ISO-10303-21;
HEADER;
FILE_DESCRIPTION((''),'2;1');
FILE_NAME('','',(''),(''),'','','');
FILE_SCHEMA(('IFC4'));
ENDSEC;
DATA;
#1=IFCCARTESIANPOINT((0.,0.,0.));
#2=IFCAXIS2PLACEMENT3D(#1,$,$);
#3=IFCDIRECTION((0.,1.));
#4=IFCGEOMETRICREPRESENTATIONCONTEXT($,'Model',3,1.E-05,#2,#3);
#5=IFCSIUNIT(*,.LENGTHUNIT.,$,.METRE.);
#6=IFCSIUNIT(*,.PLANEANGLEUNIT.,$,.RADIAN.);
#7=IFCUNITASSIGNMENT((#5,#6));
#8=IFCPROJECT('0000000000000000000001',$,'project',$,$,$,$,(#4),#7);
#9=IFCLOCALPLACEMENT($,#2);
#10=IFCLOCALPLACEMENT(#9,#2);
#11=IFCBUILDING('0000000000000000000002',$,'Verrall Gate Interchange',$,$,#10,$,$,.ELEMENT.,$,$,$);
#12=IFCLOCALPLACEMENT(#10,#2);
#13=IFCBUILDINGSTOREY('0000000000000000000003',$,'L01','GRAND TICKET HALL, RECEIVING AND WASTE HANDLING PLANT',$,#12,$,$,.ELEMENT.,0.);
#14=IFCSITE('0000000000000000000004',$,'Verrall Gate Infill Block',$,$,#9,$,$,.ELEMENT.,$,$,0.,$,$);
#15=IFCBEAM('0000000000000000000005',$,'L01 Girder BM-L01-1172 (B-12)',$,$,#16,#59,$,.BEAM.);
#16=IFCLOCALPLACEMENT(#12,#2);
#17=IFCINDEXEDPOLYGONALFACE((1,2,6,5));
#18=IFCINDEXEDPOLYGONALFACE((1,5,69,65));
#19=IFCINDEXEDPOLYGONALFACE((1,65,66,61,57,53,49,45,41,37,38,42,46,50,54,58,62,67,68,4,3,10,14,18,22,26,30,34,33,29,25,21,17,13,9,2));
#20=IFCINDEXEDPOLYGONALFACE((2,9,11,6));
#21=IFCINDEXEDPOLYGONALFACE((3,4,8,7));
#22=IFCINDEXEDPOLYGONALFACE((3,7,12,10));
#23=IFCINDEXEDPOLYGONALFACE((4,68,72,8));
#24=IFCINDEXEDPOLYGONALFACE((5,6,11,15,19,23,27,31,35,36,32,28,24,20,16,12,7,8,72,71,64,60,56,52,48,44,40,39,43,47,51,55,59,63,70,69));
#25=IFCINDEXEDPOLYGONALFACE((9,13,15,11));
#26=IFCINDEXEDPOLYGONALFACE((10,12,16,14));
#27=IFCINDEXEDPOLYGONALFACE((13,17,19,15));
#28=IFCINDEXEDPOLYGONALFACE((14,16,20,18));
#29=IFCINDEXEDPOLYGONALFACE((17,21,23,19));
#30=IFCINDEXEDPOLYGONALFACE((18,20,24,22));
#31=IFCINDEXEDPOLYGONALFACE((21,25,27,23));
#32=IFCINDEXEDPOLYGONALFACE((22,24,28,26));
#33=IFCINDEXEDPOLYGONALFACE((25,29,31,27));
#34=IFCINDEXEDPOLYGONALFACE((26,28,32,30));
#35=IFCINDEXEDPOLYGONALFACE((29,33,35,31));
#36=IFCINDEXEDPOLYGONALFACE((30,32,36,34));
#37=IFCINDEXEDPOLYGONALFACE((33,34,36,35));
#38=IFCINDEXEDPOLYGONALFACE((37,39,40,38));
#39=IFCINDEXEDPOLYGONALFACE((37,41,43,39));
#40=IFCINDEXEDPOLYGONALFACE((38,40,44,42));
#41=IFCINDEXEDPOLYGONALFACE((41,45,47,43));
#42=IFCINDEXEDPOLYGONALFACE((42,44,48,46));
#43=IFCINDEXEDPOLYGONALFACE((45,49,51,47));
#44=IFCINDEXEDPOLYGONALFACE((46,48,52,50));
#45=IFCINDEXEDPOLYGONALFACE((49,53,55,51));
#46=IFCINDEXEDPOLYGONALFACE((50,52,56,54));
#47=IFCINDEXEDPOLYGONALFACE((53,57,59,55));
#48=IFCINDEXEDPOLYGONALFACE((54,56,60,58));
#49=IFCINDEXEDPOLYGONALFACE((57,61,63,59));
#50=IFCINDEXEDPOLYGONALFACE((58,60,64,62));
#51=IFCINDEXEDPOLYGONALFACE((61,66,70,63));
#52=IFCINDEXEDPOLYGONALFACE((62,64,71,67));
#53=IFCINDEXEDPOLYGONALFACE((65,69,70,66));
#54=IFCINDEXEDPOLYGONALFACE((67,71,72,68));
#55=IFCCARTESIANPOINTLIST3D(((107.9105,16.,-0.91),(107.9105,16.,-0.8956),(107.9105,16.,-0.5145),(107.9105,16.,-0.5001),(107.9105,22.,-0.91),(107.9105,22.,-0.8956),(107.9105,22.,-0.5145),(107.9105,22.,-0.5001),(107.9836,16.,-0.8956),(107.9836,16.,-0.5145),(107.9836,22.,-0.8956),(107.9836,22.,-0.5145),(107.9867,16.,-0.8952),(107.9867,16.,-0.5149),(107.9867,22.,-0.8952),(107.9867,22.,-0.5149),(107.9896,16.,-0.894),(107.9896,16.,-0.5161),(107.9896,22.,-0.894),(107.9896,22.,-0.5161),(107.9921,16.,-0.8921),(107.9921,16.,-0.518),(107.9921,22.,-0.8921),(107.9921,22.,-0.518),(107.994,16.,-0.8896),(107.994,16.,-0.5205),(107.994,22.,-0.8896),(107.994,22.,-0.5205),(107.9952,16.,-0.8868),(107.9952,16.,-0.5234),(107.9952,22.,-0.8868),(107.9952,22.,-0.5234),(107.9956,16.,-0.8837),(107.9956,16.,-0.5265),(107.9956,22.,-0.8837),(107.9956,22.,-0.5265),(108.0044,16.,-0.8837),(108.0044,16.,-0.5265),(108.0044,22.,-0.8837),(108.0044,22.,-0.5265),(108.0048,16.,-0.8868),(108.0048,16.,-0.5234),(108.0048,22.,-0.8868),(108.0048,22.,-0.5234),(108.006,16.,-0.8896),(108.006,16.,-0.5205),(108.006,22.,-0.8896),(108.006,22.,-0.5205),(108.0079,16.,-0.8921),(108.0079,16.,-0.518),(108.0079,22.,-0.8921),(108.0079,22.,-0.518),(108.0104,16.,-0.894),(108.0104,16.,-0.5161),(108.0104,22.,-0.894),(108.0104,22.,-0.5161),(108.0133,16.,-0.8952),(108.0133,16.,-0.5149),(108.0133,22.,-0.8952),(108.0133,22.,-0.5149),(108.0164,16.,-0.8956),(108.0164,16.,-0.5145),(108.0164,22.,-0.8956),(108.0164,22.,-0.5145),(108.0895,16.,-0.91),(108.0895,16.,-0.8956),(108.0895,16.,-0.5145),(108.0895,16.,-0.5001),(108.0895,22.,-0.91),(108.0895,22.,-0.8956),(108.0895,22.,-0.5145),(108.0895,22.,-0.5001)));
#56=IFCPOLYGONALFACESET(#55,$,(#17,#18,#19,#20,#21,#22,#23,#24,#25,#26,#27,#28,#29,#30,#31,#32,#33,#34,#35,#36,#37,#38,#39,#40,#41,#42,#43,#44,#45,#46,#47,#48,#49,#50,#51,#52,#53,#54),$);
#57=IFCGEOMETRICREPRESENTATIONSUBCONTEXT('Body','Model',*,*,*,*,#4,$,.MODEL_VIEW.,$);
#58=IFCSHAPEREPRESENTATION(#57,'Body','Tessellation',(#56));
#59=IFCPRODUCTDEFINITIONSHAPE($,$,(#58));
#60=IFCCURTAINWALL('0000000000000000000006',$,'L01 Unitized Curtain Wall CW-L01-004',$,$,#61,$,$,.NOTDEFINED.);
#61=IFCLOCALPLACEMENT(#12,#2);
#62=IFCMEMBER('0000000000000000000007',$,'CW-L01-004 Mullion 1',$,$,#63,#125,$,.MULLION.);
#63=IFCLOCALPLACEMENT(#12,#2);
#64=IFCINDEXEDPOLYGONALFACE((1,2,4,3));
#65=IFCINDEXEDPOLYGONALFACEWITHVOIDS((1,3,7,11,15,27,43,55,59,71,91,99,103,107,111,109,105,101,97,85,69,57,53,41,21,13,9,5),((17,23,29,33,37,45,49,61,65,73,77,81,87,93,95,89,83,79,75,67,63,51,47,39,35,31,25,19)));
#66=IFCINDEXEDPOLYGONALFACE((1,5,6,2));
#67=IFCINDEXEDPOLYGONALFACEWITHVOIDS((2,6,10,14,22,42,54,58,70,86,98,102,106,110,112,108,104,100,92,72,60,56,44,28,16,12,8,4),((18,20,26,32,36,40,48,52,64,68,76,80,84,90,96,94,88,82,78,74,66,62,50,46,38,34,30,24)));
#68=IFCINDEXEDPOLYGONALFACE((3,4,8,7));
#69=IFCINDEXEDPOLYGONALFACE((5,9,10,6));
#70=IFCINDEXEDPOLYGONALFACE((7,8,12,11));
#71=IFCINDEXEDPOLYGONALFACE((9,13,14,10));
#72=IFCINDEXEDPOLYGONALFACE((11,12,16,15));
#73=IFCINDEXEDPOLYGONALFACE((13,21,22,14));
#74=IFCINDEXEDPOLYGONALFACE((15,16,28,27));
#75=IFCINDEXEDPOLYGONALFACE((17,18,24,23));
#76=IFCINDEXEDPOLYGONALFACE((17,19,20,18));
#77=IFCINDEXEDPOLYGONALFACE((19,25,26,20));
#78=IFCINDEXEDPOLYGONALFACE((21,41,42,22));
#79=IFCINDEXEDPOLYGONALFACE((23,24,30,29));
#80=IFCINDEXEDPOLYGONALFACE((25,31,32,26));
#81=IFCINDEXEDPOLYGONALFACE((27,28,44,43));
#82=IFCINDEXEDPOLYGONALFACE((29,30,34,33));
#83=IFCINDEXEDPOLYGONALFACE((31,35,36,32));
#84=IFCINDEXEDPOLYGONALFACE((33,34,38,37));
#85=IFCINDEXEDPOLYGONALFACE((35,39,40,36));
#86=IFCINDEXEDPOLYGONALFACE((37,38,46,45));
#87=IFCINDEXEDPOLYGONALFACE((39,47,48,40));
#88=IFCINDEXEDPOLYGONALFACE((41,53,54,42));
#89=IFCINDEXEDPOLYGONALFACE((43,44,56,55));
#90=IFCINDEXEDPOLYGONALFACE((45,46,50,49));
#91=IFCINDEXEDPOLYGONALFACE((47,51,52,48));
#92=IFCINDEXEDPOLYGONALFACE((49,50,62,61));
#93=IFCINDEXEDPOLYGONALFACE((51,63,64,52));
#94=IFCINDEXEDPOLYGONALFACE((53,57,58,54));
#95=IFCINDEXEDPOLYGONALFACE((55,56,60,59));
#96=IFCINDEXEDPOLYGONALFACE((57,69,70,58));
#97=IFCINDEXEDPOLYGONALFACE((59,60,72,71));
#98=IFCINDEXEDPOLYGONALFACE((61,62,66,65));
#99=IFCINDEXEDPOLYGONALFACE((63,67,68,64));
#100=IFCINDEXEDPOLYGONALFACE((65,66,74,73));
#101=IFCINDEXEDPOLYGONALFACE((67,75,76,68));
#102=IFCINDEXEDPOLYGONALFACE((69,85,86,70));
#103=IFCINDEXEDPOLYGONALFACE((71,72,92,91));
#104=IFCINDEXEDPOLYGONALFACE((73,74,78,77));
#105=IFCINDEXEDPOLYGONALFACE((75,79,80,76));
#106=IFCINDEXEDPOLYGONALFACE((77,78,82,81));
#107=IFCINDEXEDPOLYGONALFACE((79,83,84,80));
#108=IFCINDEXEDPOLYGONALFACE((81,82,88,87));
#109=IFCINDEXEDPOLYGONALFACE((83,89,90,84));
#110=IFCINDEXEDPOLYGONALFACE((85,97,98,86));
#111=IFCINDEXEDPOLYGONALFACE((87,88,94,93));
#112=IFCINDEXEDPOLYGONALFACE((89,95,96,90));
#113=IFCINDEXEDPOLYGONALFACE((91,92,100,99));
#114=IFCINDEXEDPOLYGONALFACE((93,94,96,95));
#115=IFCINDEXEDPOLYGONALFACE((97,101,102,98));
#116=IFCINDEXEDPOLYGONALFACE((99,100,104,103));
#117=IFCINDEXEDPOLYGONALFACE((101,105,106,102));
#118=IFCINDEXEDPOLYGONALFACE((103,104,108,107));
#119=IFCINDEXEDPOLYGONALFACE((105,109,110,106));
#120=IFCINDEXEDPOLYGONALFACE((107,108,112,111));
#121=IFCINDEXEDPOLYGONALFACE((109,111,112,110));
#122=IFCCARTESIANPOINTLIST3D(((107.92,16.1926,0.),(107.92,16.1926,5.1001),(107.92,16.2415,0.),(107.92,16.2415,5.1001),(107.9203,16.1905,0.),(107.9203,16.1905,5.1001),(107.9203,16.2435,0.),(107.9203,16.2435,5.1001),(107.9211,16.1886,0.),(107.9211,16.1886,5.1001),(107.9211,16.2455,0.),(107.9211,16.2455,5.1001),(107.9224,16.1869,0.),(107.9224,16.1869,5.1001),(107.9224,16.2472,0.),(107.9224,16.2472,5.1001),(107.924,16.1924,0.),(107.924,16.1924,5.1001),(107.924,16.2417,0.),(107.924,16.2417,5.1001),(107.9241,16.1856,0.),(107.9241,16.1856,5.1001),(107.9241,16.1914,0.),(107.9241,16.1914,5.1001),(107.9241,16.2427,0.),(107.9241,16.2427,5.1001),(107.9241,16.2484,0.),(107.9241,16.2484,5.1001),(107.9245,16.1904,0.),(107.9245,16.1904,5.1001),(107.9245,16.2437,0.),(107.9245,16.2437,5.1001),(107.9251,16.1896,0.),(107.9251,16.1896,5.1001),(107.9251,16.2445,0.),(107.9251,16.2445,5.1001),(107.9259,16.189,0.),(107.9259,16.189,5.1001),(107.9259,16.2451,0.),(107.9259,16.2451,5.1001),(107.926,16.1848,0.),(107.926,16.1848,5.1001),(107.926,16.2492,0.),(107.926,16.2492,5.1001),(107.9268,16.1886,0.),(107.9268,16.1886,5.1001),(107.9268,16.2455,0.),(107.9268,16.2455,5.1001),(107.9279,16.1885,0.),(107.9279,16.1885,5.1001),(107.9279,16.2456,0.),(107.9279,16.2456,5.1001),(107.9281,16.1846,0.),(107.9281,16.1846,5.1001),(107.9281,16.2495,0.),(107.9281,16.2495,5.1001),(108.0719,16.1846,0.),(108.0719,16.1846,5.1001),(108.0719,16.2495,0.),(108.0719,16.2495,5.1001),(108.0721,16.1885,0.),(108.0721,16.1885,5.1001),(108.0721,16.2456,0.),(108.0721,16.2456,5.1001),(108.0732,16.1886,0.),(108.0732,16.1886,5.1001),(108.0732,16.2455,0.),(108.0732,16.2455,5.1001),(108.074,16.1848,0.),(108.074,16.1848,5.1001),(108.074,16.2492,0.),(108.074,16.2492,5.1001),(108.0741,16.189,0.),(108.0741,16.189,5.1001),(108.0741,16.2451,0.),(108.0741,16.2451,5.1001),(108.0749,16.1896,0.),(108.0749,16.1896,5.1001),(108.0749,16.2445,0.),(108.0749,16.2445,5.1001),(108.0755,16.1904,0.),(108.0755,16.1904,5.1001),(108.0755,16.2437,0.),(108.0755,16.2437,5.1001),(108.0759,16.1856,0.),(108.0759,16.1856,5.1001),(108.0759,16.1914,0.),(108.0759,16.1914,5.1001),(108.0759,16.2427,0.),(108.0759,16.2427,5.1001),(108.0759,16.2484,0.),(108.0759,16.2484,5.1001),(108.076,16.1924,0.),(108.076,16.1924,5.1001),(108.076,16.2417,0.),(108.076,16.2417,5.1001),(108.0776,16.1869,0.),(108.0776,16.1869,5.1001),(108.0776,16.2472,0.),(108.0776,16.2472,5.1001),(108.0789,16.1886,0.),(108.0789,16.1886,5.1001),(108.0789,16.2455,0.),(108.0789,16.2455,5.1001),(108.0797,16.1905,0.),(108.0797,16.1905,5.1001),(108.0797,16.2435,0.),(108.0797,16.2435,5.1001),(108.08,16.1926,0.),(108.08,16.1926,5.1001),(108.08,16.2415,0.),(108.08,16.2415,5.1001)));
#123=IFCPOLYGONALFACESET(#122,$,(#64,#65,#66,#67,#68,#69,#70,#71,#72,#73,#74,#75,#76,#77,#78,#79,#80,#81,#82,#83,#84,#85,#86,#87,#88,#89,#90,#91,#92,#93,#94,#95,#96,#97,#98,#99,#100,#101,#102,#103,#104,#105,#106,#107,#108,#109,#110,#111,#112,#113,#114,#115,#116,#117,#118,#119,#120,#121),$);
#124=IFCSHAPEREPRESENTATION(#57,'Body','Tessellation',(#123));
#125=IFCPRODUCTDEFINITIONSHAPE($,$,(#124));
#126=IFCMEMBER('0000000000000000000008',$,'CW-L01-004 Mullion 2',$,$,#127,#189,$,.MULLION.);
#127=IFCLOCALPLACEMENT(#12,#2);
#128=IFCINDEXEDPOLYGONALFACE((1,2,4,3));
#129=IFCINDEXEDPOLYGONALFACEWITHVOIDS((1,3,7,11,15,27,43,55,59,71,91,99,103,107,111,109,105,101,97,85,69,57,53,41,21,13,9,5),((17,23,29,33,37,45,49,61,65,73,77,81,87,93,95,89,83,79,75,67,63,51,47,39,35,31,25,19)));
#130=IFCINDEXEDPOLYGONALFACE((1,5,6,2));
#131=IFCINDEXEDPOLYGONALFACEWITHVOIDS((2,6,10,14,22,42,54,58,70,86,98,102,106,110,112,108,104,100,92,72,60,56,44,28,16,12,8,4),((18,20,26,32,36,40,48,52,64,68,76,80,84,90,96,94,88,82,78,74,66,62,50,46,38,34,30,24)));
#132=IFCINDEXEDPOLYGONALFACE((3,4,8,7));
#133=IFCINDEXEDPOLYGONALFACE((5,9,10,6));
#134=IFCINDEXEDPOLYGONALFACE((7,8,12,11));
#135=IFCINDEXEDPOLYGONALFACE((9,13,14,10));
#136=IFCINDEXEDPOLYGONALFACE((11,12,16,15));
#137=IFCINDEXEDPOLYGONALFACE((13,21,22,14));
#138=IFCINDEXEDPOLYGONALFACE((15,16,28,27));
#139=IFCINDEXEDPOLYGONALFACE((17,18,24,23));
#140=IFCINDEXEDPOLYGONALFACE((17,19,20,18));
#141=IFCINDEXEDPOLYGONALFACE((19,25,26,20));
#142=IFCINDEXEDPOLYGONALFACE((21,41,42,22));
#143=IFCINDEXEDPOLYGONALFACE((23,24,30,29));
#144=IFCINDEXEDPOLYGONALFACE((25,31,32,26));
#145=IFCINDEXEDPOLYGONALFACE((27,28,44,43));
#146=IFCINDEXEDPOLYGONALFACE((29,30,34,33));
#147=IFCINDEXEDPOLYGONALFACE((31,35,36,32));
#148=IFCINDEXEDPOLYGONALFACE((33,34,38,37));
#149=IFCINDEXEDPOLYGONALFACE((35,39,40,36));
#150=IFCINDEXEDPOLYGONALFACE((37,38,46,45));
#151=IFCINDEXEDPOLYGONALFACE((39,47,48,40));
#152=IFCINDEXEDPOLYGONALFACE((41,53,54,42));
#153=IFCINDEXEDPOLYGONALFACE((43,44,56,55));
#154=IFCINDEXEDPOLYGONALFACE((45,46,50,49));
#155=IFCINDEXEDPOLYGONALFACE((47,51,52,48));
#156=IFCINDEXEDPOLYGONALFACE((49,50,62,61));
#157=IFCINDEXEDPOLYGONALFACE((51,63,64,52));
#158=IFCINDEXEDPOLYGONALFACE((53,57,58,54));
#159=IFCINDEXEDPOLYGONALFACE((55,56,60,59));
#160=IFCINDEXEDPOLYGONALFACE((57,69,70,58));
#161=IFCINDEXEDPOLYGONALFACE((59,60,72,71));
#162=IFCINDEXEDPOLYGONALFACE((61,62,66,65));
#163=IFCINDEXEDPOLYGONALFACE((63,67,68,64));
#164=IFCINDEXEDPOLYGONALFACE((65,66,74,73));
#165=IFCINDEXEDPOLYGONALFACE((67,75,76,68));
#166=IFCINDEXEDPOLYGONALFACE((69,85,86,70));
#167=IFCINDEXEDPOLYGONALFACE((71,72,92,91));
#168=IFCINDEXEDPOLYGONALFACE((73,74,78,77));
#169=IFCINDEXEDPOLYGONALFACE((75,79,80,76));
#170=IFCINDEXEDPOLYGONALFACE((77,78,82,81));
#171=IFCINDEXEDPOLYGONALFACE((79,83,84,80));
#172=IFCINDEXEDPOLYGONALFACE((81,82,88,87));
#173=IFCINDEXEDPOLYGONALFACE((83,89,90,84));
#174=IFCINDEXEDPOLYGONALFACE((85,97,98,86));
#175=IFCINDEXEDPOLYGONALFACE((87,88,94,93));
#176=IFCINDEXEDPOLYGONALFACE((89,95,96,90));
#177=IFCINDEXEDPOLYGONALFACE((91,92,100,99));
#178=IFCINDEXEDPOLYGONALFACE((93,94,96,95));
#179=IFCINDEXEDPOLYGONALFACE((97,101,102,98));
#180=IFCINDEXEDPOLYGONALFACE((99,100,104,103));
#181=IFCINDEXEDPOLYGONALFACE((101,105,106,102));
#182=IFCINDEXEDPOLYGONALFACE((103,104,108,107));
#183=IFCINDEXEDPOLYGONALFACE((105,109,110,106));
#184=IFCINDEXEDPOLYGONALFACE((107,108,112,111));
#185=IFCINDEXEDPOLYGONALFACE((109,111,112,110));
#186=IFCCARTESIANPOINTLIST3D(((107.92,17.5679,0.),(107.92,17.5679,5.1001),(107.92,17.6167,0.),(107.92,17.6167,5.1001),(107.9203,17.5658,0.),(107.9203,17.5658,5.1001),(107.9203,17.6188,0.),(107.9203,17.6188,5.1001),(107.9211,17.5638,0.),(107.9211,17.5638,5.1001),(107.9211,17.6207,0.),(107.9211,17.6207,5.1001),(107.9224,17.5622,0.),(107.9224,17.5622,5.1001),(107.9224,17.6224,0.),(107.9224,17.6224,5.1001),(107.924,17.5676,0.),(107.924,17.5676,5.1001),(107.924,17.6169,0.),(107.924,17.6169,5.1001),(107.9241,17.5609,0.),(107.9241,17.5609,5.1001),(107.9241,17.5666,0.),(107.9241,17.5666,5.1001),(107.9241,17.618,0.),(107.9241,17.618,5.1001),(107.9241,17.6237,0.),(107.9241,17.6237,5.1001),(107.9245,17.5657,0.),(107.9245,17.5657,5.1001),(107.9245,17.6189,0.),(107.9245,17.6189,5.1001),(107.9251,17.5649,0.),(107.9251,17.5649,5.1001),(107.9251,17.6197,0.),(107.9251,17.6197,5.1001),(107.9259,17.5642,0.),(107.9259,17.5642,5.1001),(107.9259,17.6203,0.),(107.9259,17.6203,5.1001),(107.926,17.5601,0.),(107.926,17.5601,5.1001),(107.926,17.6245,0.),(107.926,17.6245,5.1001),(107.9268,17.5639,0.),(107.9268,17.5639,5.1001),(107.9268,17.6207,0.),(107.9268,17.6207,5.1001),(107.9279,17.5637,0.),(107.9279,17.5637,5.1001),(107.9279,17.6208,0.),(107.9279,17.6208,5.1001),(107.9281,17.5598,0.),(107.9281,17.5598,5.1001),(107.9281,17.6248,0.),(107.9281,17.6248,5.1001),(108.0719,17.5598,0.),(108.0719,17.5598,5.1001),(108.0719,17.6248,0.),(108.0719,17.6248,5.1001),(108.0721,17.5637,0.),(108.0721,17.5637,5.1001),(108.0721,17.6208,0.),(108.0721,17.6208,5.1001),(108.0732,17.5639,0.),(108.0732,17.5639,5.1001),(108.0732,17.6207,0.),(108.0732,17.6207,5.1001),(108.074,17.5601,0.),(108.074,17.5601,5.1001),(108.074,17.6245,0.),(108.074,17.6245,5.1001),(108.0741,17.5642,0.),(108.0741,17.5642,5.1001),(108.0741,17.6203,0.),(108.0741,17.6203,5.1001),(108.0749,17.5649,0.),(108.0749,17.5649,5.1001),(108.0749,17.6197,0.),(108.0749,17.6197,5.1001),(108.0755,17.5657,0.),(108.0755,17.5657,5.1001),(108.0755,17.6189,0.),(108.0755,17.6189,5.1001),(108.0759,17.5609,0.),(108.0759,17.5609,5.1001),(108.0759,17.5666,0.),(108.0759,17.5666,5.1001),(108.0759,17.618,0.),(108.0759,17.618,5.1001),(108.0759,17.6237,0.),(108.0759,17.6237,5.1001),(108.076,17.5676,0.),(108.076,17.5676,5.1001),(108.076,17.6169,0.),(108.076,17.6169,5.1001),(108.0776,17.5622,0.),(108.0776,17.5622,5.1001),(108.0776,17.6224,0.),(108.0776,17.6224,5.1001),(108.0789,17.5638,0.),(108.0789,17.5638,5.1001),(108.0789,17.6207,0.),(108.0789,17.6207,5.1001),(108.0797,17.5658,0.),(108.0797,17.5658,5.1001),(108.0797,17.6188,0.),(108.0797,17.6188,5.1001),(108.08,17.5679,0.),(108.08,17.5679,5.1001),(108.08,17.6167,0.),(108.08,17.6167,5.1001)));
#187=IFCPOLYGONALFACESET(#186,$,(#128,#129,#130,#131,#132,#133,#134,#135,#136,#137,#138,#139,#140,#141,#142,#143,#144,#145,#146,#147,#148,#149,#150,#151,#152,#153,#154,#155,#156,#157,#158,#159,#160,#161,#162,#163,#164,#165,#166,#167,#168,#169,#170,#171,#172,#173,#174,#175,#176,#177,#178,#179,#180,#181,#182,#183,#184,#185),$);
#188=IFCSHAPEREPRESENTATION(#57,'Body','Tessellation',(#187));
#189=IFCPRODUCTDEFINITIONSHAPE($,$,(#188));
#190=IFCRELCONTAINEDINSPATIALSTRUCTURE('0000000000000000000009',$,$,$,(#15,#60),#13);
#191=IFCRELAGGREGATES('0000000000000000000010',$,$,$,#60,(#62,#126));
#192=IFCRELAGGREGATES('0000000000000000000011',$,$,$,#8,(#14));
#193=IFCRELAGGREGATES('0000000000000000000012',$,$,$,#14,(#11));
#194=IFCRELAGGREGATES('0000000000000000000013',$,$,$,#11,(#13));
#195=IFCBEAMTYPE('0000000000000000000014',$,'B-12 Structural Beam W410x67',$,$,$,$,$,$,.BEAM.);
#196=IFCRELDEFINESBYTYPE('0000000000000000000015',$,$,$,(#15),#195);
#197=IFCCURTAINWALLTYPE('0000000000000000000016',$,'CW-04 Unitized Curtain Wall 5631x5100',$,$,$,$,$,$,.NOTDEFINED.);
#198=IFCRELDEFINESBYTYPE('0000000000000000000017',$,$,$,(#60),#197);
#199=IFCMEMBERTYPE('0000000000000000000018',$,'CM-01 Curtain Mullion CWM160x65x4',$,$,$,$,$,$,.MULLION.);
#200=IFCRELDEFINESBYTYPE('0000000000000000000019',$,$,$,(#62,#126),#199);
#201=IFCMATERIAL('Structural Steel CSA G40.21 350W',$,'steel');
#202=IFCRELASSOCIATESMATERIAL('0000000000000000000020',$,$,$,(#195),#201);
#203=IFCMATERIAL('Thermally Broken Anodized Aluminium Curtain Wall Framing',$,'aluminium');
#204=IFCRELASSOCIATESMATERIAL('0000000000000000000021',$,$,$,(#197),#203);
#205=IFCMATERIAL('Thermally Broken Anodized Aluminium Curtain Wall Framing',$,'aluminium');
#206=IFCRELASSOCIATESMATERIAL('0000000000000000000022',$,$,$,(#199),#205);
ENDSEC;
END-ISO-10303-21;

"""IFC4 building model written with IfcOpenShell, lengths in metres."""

from ifc_helpers import new_model, si_unit, direction, frame, origin, origin_2d, place, context, subcontext, project, spatial, hollow_rectangle, i_section, extrude, material, material_profile, profile_set, type_object, element, aggregate, save


model = new_model("IFC4")

# Units and contexts
model_context = context("Model", 3, precision=1e-05, world=origin(), true_north=direction((0.0, 1.0)))
body_context = subcontext(model_context, "Body", "Model", "MODEL_VIEW")
ifc_project = project(units=[si_unit("LENGTHUNIT", "METRE"), si_unit("PLANEANGLEUNIT", "RADIAN")], contexts=[model_context])

# Site, building, storey
site_placement = place(None, origin())
site = spatial("IfcSite", under=ifc_project, at=site_placement, Name="Verrall Gate Infill Block", CompositionType="ELEMENT", RefElevation=0.0)
building_placement = place(site_placement, origin())
building = spatial("IfcBuilding", under=site, at=building_placement, Name="Verrall Gate Interchange", CompositionType="ELEMENT")
storey_placement = place(building_placement, origin())
storey = spatial("IfcBuildingStorey", under=building, at=storey_placement, Name="L01", Description="GRAND TICKET HALL, RECEIVING AND WASTE HANDLING PLANT", CompositionType="ELEMENT", Elevation=0.0)

# Beam
ifc_material_1 = material(Name="Structural Steel CSA G40.21 350W", Category="steel")
ifc_material_profile_1 = material_profile(ifc_material_1, i_section(OverallWidth=0.179, OverallDepth=0.4099, WebThickness=0.0088, FlangeThickness=0.0144, FilletRadius=0.012, at=origin_2d()), Name="W410x67")
ifc_profile_set_1 = profile_set([ifc_material_profile_1], Name="Structural Steel CSA G40.21 350W")
beam_type_1 = type_object("IfcBeamType", Name="B-12 Structural Beam W410x67", PredefinedType="BEAM", material=ifc_profile_set_1)
beam_1_placement = place(storey_placement, frame((108.0, 16.0, -0.7051), z_axis=(0.0, 1.0, 0.0), x_axis=(-1.0, 0.0, 0.0)))
element("IfcBeam", 1, at=beam_1_placement, inside=storey, type_object=beam_type_1, Name="L01 Girder BM-L01-1172 (B-12)", PredefinedType="BEAM", context=body_context, shape_type="SweptSolid", body=[
    extrude(i_section(OverallWidth=0.179, OverallDepth=0.4099, WebThickness=0.0088, FlangeThickness=0.0144, FilletRadius=0.012, at=origin_2d()), origin(), (0.0, 0.0, 1.0), 6.0),
])

# Curtain wall, members
ifc_material_2 = material(Name="Thermally Broken Anodized Aluminium Curtain Wall Framing", Category="aluminium")
curtain_wall_type_1 = type_object("IfcCurtainWallType", Name="CW-04 Unitized Curtain Wall 5631x5100", PredefinedType="NOTDEFINED", material=ifc_material_2)
curtain_wall_1_placement = place(storey_placement, origin())
curtain_wall_1 = element("IfcCurtainWall", 2, at=curtain_wall_1_placement, inside=storey, type_object=curtain_wall_type_1, Name="L01 Unitized Curtain Wall CW-L01-004", PredefinedType="NOTDEFINED")
ifc_material_3 = material(Name="Thermally Broken Anodized Aluminium Curtain Wall Framing", Category="aluminium")
ifc_material_profile_2 = material_profile(ifc_material_3, hollow_rectangle(XDim=0.0649, YDim=0.1599, WallThickness=0.0039, InnerFilletRadius=0.0039, OuterFilletRadius=0.0081, at=origin_2d()), Name="CWM160x65x4")
ifc_profile_set_2 = profile_set([ifc_material_profile_2], Name="Thermally Broken Anodized Aluminium Curtain Wall Framing")
member_type_1 = type_object("IfcMemberType", Name="CM-01 Curtain Mullion CWM160x65x4", PredefinedType="MULLION", material=ifc_profile_set_2)
member_1_placement = place(storey_placement, frame((108.0, 16.217, 0.0), z_axis=(0.0, 0.0, 1.0), x_axis=(0.0, 1.0, 0.0)))
member_1 = element("IfcMember", 3, at=member_1_placement, type_object=member_type_1, Name="CW-L01-004 Mullion 1", PredefinedType="MULLION", context=body_context, shape_type="SweptSolid", body=[
    extrude(hollow_rectangle(XDim=0.0649, YDim=0.1599, WallThickness=0.0039, InnerFilletRadius=0.0039, OuterFilletRadius=0.0081, at=origin_2d()), origin(), (0.0, 0.0, 1.0), 5.1001),
])
member_2_placement = place(storey_placement, frame((108.0, 17.5923, 0.0), z_axis=(0.0, 0.0, 1.0), x_axis=(0.0, 1.0, 0.0)))
member_2 = element("IfcMember", 4, at=member_2_placement, type_object=member_type_1, Name="CW-L01-004 Mullion 2", PredefinedType="MULLION", context=body_context, shape_type="SweptSolid", body=[
    extrude(hollow_rectangle(XDim=0.0649, YDim=0.1599, WallThickness=0.0039, InnerFilletRadius=0.0039, OuterFilletRadius=0.0081, at=origin_2d()), origin(), (0.0, 0.0, 1.0), 5.1001),
])

aggregate(curtain_wall_1, [member_1, member_2])

save(model, "model.ifc")
